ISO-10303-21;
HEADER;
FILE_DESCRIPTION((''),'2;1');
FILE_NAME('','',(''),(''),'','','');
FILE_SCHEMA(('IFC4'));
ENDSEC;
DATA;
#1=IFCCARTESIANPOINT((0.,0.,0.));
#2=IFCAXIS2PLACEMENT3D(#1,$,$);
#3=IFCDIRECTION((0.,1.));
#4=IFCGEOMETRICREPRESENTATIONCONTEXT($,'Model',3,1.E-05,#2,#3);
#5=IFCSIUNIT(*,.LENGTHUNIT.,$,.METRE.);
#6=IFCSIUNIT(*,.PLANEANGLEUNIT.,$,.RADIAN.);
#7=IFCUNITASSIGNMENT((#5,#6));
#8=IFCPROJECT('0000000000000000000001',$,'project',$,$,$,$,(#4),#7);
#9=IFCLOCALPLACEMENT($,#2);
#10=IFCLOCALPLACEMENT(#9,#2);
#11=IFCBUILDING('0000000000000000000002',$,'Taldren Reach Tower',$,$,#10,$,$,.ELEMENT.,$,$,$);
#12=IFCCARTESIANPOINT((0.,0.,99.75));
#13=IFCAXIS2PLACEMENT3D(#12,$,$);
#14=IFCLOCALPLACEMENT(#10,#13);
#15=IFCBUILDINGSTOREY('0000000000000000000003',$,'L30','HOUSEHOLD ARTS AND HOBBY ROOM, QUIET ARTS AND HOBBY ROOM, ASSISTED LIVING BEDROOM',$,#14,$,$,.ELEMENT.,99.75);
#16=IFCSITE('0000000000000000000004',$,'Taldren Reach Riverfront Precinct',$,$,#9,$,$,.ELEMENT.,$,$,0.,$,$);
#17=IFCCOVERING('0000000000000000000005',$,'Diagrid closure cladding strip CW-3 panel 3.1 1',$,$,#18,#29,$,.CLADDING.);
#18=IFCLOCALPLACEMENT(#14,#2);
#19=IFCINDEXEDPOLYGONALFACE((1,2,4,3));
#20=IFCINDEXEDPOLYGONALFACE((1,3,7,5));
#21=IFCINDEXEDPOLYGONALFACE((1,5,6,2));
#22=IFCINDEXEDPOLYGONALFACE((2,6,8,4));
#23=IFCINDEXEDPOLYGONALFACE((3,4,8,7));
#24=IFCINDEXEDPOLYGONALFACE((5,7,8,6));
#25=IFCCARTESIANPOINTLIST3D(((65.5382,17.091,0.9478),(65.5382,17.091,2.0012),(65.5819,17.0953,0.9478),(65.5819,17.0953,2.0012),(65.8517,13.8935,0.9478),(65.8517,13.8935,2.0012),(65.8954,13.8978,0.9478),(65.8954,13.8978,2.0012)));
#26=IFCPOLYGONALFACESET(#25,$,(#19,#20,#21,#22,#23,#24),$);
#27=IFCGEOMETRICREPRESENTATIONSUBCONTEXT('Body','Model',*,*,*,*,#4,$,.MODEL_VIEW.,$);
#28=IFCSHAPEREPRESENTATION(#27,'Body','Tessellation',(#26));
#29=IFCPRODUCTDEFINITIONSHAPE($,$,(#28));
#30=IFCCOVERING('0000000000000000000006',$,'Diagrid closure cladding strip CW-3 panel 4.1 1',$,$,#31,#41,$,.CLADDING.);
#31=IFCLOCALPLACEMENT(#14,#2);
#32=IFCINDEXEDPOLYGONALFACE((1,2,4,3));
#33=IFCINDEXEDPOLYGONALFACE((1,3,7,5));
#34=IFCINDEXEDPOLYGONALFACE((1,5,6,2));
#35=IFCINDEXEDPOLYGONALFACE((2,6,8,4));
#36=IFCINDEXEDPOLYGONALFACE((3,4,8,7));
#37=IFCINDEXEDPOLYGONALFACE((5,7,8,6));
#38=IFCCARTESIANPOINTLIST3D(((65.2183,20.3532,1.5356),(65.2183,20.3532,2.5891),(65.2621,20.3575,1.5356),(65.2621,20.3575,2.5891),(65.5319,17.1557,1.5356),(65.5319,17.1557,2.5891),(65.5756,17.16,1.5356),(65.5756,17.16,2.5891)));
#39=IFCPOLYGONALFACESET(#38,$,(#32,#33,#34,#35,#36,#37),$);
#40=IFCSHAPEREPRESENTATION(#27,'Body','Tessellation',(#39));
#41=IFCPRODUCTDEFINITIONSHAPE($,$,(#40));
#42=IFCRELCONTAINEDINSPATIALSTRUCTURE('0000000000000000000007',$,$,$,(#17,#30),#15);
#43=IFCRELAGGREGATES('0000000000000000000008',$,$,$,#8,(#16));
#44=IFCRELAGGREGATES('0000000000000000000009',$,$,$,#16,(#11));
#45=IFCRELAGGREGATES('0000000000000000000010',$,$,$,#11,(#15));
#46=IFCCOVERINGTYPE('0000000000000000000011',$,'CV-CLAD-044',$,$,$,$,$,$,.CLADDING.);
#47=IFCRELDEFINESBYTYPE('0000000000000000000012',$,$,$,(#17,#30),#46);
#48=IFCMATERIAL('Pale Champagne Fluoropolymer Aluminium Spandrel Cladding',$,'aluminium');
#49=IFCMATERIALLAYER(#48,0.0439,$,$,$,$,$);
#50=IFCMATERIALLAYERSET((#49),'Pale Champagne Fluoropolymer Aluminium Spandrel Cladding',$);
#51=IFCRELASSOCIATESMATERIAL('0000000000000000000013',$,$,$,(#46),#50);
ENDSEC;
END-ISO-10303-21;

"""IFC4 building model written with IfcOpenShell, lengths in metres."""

from ifc_helpers import new_model, si_unit, direction, frame, origin, origin_2d, place, context, subcontext, project, spatial, rectangle, extrude, source, transform, mapped, material, layer, layer_set, type_object, element, save


model = new_model("IFC4")

# Units and contexts
model_context = context("Model", 3, precision=1e-05, world=origin(), true_north=direction((0.0, 1.0)))
body_context = subcontext(model_context, "Body", "Model", "MODEL_VIEW")
ifc_project = project(units=[si_unit("LENGTHUNIT", "METRE"), si_unit("PLANEANGLEUNIT", "RADIAN")], contexts=[model_context])

# Site, building, storey
site_placement = place(None, origin())
site = spatial("IfcSite", under=ifc_project, at=site_placement, Name="Taldren Reach Riverfront Precinct", CompositionType="ELEMENT", RefElevation=0.0)
building_placement = place(site_placement, origin())
building = spatial("IfcBuilding", under=site, at=building_placement, Name="Taldren Reach Tower", CompositionType="ELEMENT")
storey_placement = place(building_placement, frame((0.0, 0.0, 99.75)))
storey = spatial("IfcBuildingStorey", under=building, at=storey_placement, Name="L30", Description="HOUSEHOLD ARTS AND HOBBY ROOM, QUIET ARTS AND HOBBY ROOM, ASSISTED LIVING BEDROOM", CompositionType="ELEMENT", Elevation=99.75)

# Coverings
ifc_material_1 = material(Name="Pale Champagne Fluoropolymer Aluminium Spandrel Cladding", Category="aluminium")
ifc_layer_1 = layer(ifc_material_1, 0.0439)
ifc_layer_set_1 = layer_set([ifc_layer_1], Name="Pale Champagne Fluoropolymer Aluminium Spandrel Cladding")
covering_type = type_object("IfcCoveringType", Name="CV-CLAD-044", PredefinedType="CLADDING", material=ifc_layer_set_1)
shared_shape_1 = source(origin(), body_context, "Body", "SweptSolid", [
    extrude(rectangle(XDim=3.2129, YDim=0.0439, at=origin_2d()), origin(), (0.0, 0.0, 1.0), 1.0535),
])
for number, where, z_axis, x_axis, name in (
    (1, (65.7168, 15.4944, 0.9478), (0.0, 0.0, 1.0), (-0.097583, 0.995227, 0.0), "Diagrid closure cladding strip CW-3 panel 3.1 1"),
    (2, (65.397, 18.7566, 1.5356), (0.0, 0.0, 1.0), (-0.097583, 0.995227, 0.0), "Diagrid closure cladding strip CW-3 panel 4.1 1"),
):
    element("IfcCovering", number, at=place(storey_placement, frame(where, z_axis=z_axis, x_axis=x_axis)), inside=storey, type_object=covering_type, Name=name, PredefinedType="CLADDING", context=body_context, shape_type="MappedRepresentation", body=[
        mapped(shared_shape_1, transform((0.0, 0.0, 0.0), scale=1.0)),
    ])

save(model, "model.ifc")
